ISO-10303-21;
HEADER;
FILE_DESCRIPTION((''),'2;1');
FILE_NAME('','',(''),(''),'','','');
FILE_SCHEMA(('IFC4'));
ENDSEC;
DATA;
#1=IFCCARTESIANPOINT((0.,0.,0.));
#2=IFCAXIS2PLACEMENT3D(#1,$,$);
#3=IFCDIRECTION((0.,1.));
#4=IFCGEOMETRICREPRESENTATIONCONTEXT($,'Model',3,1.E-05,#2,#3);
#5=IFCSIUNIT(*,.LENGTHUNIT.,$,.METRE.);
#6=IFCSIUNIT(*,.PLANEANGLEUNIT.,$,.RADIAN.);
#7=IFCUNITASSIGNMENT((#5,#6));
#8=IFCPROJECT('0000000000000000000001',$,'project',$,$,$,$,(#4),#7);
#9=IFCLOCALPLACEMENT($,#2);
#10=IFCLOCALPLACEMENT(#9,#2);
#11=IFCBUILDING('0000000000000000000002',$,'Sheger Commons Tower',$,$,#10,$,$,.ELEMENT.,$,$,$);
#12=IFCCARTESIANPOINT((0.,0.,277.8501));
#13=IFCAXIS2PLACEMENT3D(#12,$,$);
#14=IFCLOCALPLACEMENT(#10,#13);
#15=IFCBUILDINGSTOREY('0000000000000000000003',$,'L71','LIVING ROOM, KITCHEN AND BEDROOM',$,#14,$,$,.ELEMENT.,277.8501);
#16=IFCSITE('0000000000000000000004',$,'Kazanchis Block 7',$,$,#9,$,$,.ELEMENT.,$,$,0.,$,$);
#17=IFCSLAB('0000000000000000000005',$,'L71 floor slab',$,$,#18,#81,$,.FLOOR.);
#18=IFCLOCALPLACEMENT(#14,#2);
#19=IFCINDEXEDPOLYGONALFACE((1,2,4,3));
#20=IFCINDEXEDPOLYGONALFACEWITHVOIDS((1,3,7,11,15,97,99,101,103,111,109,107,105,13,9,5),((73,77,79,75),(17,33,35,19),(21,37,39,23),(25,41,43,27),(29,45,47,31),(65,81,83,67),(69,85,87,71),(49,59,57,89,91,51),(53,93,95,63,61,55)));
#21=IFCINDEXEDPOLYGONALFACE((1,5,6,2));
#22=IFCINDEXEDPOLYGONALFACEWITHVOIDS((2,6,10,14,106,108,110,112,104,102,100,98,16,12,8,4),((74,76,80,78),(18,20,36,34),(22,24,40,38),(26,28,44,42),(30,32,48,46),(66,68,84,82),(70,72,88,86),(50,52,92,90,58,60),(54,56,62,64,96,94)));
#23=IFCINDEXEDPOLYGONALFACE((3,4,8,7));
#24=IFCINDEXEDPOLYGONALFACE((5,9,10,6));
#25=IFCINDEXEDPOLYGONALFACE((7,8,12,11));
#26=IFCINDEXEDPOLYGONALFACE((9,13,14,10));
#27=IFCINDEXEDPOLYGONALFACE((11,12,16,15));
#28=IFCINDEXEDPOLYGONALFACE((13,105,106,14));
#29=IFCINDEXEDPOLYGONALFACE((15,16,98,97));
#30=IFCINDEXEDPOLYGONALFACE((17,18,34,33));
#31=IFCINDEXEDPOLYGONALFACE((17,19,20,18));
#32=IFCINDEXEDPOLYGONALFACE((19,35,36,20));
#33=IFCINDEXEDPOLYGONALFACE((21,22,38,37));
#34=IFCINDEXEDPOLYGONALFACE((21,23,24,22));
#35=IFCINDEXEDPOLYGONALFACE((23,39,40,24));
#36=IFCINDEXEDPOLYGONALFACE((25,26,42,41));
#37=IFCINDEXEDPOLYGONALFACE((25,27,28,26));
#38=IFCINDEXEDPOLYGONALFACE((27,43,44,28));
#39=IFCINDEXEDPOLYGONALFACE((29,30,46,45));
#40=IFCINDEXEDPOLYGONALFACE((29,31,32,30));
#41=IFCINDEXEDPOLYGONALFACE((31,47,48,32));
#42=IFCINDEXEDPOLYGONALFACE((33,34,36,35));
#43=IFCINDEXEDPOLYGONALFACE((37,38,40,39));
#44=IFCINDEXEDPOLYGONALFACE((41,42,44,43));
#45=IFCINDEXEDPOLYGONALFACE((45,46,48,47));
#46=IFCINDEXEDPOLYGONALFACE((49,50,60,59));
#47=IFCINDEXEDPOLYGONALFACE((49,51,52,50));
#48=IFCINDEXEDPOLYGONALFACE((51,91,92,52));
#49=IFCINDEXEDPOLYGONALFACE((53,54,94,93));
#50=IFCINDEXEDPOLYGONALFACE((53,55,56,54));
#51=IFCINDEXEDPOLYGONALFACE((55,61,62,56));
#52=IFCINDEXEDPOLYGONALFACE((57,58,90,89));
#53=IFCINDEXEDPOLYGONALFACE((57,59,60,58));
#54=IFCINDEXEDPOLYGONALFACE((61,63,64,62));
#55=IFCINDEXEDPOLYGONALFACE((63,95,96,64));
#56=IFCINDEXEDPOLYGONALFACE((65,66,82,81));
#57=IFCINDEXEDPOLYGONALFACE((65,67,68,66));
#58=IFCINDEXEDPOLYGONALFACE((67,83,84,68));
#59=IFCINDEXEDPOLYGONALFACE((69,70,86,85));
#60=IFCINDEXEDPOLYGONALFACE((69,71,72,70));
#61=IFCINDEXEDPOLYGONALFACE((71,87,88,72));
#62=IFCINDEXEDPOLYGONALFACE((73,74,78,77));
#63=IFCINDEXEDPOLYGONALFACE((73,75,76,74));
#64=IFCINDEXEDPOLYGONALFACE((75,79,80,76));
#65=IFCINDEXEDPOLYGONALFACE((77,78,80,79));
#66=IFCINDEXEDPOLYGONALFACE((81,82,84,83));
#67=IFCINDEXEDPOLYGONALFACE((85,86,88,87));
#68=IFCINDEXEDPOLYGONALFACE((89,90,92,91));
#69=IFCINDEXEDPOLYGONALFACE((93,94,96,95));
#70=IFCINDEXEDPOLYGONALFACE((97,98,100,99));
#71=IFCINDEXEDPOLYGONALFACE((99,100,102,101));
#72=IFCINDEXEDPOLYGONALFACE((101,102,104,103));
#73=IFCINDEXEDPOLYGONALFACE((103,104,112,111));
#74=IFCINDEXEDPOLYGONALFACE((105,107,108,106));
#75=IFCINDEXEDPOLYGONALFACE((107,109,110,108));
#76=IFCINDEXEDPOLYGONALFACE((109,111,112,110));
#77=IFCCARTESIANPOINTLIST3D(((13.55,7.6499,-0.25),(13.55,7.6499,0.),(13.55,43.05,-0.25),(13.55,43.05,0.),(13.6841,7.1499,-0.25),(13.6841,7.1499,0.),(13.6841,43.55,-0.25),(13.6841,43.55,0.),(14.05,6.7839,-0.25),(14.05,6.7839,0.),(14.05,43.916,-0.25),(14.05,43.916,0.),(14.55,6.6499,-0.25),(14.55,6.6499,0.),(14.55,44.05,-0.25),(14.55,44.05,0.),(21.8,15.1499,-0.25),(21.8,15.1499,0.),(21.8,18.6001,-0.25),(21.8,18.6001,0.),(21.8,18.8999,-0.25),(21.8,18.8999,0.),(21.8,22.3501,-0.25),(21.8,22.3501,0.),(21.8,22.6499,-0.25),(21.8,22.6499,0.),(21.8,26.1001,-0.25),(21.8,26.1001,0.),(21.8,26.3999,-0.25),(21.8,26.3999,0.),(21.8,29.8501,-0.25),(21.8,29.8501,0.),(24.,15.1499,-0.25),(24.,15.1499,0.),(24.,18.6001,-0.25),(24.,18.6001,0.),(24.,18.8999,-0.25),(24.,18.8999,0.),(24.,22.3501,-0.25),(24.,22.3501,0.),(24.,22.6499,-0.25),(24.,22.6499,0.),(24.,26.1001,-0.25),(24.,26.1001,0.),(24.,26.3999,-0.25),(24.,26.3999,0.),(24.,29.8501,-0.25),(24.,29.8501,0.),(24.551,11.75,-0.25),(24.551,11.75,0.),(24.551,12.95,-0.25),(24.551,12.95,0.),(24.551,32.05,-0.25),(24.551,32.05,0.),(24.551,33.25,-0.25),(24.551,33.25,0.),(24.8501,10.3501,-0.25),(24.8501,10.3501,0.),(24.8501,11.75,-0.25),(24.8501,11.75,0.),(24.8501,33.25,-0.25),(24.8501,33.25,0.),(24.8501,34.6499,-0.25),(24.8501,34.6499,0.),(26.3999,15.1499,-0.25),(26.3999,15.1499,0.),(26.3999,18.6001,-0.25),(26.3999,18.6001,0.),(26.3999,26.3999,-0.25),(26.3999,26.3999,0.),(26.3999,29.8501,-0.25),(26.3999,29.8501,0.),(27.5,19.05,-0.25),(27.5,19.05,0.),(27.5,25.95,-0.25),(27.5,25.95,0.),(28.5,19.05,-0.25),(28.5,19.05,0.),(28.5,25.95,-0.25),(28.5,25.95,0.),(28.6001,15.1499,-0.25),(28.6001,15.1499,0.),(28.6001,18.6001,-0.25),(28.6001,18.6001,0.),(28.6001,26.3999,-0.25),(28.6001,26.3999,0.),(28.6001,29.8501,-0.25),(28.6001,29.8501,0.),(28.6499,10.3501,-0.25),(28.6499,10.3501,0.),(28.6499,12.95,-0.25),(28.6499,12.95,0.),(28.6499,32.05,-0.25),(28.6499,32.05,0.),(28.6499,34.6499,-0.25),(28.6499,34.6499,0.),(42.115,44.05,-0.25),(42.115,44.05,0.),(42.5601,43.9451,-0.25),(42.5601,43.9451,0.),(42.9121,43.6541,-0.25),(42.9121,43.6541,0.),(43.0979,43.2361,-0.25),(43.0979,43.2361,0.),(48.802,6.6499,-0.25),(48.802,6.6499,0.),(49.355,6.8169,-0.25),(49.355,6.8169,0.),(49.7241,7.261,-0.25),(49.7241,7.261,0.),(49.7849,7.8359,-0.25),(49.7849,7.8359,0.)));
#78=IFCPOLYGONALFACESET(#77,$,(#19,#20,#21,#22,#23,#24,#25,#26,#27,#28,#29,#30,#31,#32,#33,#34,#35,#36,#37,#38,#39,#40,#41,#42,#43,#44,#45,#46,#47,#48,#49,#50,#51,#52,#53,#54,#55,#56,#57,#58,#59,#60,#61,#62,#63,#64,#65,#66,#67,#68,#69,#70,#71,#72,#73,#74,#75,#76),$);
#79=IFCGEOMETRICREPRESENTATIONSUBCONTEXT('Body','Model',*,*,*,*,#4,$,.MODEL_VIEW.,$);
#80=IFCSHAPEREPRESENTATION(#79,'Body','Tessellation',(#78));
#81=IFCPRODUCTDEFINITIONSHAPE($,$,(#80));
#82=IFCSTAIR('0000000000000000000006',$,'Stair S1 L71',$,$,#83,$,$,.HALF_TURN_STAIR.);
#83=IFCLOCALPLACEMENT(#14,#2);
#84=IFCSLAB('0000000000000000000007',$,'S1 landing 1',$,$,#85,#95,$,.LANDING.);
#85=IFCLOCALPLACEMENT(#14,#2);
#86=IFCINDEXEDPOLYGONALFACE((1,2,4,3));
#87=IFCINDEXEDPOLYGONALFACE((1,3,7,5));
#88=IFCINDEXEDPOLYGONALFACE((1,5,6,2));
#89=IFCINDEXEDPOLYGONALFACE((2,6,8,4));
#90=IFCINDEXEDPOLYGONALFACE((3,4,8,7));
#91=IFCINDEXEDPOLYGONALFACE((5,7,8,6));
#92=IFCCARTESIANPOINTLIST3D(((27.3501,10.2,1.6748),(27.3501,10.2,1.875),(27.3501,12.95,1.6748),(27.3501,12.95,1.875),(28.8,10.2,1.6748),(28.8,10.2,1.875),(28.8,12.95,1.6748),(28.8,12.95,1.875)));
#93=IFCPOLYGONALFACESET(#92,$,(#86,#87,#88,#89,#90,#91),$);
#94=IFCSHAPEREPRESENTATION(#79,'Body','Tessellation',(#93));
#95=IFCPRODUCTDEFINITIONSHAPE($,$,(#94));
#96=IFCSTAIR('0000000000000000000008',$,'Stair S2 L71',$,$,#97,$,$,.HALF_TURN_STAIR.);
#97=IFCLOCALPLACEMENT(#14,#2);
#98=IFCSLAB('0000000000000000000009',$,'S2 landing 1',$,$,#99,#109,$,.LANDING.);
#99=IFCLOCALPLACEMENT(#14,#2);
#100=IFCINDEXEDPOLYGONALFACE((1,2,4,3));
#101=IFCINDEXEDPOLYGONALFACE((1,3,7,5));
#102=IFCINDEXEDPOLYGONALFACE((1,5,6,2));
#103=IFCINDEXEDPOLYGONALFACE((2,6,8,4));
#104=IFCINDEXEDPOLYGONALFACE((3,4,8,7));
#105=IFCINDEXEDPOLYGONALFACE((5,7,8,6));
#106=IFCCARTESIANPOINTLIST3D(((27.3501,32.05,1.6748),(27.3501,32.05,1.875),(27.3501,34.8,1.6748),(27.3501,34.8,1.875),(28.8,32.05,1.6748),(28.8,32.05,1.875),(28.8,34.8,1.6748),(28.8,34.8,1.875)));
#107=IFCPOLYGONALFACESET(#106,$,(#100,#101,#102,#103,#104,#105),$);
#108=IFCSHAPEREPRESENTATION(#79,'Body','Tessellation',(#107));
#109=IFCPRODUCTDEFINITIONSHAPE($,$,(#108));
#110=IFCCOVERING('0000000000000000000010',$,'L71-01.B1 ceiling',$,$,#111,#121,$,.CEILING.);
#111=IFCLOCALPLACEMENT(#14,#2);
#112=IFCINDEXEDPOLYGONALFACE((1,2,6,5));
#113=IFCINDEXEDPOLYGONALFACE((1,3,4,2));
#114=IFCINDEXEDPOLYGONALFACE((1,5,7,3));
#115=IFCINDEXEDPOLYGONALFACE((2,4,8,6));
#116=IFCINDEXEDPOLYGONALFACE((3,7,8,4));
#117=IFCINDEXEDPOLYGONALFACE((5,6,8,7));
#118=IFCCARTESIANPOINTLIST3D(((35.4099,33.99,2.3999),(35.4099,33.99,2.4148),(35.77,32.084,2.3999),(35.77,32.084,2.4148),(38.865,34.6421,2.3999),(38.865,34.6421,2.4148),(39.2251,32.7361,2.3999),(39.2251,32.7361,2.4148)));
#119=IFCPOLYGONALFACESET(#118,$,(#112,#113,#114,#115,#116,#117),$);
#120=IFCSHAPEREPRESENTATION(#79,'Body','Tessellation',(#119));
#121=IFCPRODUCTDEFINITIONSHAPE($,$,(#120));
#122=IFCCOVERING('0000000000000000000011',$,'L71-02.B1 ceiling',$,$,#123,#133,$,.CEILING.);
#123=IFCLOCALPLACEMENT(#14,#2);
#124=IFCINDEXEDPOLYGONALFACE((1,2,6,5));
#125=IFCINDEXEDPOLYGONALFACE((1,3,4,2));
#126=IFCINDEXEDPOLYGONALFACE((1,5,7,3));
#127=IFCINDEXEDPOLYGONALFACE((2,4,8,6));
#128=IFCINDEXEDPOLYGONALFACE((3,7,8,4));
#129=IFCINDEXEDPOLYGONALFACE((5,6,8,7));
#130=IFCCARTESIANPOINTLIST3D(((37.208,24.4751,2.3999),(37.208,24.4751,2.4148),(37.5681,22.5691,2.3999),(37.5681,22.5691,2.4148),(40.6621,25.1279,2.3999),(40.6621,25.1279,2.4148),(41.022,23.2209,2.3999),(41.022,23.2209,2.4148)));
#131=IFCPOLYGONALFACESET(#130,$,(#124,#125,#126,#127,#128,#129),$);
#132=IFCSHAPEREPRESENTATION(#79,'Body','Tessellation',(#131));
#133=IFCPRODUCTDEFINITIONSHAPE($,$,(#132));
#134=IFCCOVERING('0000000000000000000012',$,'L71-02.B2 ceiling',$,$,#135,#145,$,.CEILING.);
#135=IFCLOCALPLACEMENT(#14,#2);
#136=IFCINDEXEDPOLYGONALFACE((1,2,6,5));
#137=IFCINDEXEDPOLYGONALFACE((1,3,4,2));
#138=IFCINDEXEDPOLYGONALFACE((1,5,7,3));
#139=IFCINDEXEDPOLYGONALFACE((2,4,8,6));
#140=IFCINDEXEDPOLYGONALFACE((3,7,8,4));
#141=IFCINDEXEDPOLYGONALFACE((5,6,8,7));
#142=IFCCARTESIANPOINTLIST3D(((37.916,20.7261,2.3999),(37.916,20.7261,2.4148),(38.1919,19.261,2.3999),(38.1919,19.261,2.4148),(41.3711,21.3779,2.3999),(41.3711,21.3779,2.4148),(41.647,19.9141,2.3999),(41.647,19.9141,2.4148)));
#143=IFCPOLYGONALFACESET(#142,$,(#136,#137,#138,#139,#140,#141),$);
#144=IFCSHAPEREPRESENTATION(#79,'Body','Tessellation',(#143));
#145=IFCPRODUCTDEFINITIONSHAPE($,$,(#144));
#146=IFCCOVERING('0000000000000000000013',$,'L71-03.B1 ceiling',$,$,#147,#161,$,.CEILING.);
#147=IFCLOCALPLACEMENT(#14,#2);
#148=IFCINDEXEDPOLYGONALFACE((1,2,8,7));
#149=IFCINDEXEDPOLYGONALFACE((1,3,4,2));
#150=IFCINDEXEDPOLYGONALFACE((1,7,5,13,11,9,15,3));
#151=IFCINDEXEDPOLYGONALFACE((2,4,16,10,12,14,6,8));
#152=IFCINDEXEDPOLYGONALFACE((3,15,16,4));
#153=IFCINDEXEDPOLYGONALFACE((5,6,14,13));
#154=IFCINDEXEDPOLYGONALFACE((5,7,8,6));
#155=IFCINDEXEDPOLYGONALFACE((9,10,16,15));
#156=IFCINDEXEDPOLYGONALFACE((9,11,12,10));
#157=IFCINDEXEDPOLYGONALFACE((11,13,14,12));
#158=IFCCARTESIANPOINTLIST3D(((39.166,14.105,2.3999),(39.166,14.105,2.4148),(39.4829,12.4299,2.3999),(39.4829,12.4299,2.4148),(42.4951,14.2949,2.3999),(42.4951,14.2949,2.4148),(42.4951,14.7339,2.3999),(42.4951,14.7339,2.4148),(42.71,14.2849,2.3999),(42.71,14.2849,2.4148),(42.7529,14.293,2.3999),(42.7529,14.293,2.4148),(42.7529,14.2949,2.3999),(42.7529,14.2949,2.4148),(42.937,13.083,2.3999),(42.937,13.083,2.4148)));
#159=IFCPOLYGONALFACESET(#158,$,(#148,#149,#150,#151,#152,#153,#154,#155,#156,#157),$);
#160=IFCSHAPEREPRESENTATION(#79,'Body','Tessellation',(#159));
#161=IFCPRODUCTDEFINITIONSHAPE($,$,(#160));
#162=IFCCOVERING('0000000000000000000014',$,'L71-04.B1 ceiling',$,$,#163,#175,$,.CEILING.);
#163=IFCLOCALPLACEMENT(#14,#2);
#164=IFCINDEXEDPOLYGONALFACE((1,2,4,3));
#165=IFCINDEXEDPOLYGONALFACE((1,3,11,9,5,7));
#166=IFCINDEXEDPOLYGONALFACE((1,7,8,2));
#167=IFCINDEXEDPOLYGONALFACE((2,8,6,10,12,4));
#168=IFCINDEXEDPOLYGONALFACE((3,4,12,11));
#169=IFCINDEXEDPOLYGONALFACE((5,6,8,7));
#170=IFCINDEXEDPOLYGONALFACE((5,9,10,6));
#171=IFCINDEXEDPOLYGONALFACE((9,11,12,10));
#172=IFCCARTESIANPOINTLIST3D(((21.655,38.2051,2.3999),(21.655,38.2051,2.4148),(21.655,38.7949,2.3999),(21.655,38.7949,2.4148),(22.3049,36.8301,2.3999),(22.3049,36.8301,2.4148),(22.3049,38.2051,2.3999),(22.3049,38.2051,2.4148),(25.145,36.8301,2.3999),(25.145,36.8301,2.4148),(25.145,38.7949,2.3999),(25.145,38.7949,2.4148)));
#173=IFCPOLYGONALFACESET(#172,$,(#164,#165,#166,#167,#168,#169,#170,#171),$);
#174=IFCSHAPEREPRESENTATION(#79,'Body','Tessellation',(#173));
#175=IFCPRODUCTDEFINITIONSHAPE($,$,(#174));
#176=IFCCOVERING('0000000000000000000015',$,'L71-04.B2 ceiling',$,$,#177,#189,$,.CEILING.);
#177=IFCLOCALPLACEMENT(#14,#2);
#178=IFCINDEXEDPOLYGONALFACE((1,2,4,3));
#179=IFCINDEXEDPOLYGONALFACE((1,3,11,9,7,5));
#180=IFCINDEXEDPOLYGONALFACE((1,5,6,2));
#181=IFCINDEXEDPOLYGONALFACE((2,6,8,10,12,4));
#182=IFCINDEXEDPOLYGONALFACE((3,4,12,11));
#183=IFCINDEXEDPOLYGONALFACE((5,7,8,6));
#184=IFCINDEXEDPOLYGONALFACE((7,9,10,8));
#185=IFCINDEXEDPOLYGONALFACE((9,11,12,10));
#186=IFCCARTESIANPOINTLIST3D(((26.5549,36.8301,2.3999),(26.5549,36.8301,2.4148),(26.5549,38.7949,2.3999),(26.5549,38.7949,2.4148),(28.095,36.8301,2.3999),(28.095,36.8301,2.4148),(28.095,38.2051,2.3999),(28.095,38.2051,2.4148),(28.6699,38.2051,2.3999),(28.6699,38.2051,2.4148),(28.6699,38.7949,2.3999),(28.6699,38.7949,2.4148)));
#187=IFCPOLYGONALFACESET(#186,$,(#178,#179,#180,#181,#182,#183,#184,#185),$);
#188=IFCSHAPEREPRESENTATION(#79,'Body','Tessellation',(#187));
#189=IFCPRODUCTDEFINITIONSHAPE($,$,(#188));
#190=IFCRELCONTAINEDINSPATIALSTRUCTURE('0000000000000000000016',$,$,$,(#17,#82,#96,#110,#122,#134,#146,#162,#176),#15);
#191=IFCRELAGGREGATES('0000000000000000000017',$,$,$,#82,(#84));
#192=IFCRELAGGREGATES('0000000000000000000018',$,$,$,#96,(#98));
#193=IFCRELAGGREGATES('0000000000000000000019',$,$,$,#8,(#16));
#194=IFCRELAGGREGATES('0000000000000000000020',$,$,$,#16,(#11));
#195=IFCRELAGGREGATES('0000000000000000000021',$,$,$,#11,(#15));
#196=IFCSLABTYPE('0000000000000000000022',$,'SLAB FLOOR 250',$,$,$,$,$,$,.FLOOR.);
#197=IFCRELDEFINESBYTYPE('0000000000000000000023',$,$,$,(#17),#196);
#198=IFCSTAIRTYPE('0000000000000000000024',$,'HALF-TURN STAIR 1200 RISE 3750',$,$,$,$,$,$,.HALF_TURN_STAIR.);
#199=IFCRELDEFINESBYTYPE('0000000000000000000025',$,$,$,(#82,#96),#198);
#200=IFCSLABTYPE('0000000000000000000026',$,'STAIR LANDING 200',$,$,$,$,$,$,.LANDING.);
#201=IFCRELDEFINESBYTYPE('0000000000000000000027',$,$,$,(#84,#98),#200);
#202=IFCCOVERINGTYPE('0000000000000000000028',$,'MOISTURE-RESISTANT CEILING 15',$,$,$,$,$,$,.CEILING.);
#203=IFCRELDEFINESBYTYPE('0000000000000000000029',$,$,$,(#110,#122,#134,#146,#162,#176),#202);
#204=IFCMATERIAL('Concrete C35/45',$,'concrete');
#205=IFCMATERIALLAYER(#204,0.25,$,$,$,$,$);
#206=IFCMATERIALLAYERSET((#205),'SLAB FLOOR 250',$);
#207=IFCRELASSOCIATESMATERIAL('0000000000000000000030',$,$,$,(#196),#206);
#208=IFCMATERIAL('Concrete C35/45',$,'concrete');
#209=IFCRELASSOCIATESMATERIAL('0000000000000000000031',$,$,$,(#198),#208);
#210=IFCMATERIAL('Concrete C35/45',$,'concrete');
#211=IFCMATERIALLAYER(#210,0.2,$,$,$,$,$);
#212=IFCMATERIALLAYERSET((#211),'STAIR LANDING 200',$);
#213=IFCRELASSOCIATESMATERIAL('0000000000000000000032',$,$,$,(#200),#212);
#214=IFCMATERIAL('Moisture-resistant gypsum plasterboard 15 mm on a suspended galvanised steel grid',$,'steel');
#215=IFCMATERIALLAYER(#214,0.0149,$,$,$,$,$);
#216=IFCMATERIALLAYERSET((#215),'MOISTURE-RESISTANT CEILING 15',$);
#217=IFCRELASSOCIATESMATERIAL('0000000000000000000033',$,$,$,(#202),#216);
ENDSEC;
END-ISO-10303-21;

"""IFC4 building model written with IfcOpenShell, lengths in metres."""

from ifc_helpers import new_model, si_unit, direction, frame, origin, place, context, subcontext, project, spatial, polyline, outline, extrude, material, layer, layer_set, type_object, element, aggregate, save


model = new_model("IFC4")

# Units and contexts
model_context = context("Model", 3, precision=1e-05, world=origin(), true_north=direction((0.0, 1.0)))
body_context = subcontext(model_context, "Body", "Model", "MODEL_VIEW")
ifc_project = project(units=[si_unit("LENGTHUNIT", "METRE"), si_unit("PLANEANGLEUNIT", "RADIAN")], contexts=[model_context])

# Site, building, storey
site_placement = place(None, origin())
site = spatial("IfcSite", under=ifc_project, at=site_placement, Name="Kazanchis Block 7", CompositionType="ELEMENT", RefElevation=0.0)
building_placement = place(site_placement, origin())
building = spatial("IfcBuilding", under=site, at=building_placement, Name="Sheger Commons Tower", CompositionType="ELEMENT")
storey_placement = place(building_placement, frame((0.0, 0.0, 277.8501)))
storey = spatial("IfcBuildingStorey", under=building, at=storey_placement, Name="L71", Description="LIVING ROOM, KITCHEN AND BEDROOM", CompositionType="ELEMENT", Elevation=277.8501)

# Slab
ifc_material_1 = material(Name="Concrete C35/45", Category="concrete")
ifc_layer_1 = layer(ifc_material_1, 0.25)
ifc_layer_set_1 = layer_set([ifc_layer_1], Name="SLAB FLOOR 250")
slab_type_1 = type_object("IfcSlabType", Name="SLAB FLOOR 250", PredefinedType="FLOOR", material=ifc_layer_set_1)
slab_1_placement = place(storey_placement, frame((0.0, 0.0, -0.25)))
element("IfcSlab", 1, at=slab_1_placement, inside=storey, type_object=slab_type_1, Name="L71 floor slab", PredefinedType="FLOOR", context=body_context, shape_type="SweptSolid", body=[
    extrude(outline(polyline([(13.55, 7.6499), (13.6841, 7.1499), (14.05, 6.7839), (14.55, 6.6499), (48.802, 6.6499), (49.355, 6.8169), (49.7241, 7.261), (49.7849, 7.8359), (43.0979, 43.2361), (42.9121, 43.6541), (42.5601, 43.9451), (42.115, 44.05), (14.55, 44.05), (14.05, 43.916), (13.6841, 43.55), (13.55, 43.05), (13.55, 7.6499)]), holes=[polyline([(24.8501, 10.3501), (28.6499, 10.3501), (28.6499, 12.95), (24.551, 12.95), (24.551, 11.75), (24.8501, 11.75), (24.8501, 10.3501)]), polyline([(24.551, 32.05), (28.6499, 32.05), (28.6499, 34.6499), (24.8501, 34.6499), (24.8501, 33.25), (24.551, 33.25), (24.551, 32.05)]), polyline([(26.3999, 15.1499), (28.6001, 15.1499), (28.6001, 18.6001), (26.3999, 18.6001), (26.3999, 15.1499)]), polyline([(26.3999, 26.3999), (28.6001, 26.3999), (28.6001, 29.8501), (26.3999, 29.8501), (26.3999, 26.3999)]), polyline([(21.8, 15.1499), (24.0, 15.1499), (24.0, 18.6001), (21.8, 18.6001), (21.8, 15.1499)]), polyline([(21.8, 18.8999), (24.0, 18.8999), (24.0, 22.3501), (21.8, 22.3501), (21.8, 18.8999)]), polyline([(21.8, 22.6499), (24.0, 22.6499), (24.0, 26.1001), (21.8, 26.1001), (21.8, 22.6499)]), polyline([(21.8, 26.3999), (24.0, 26.3999), (24.0, 29.8501), (21.8, 29.8501), (21.8, 26.3999)]), polyline([(27.5, 19.05), (28.5, 19.05), (28.5, 25.95), (27.5, 25.95), (27.5, 19.05)])]), origin(), (0.0, 0.0, 1.0), 0.25),
])

# Stairs, slabs
ifc_material_2 = material(Name="Concrete C35/45", Category="concrete")
stair_type = type_object("IfcStairType", Name="HALF-TURN STAIR 1200 RISE 3750", PredefinedType="HALF_TURN_STAIR", material=ifc_material_2)
stair_1_placement = place(storey_placement, origin())
stair_1 = element("IfcStair", 2, at=stair_1_placement, inside=storey, type_object=stair_type, Name="Stair S1 L71", PredefinedType="HALF_TURN_STAIR")
ifc_material_3 = material(Name="Concrete C35/45", Category="concrete")
ifc_layer_2 = layer(ifc_material_3, 0.2)
ifc_layer_set_2 = layer_set([ifc_layer_2], Name="STAIR LANDING 200")
slab_type_2 = type_object("IfcSlabType", Name="STAIR LANDING 200", PredefinedType="LANDING", material=ifc_layer_set_2)
slab_2_placement = place(storey_placement, frame((0.0, 0.0, 1.6748)))
slab_2 = element("IfcSlab", 3, at=slab_2_placement, type_object=slab_type_2, Name="S1 landing 1", PredefinedType="LANDING", context=body_context, shape_type="SweptSolid", body=[
    extrude(outline(polyline([(27.3501, 10.2), (28.8, 10.2), (28.8, 12.95), (27.3501, 12.95), (27.3501, 10.2)])), origin(), (0.0, 0.0, 1.0), 0.2002),
])
aggregate(stair_1, [slab_2])
stair_2_placement = place(storey_placement, origin())
stair_2 = element("IfcStair", 4, at=stair_2_placement, inside=storey, type_object=stair_type, Name="Stair S2 L71", PredefinedType="HALF_TURN_STAIR")
slab_3_placement = place(storey_placement, frame((0.0, 0.0, 1.6748)))
slab_3 = element("IfcSlab", 5, at=slab_3_placement, type_object=slab_type_2, Name="S2 landing 1", PredefinedType="LANDING", context=body_context, shape_type="SweptSolid", body=[
    extrude(outline(polyline([(27.3501, 32.05), (28.8, 32.05), (28.8, 34.8), (27.3501, 34.8), (27.3501, 32.05)])), origin(), (0.0, 0.0, 1.0), 0.2002),
])
aggregate(stair_2, [slab_3])

# Coverings
ifc_material_4 = material(Name="Moisture-resistant gypsum plasterboard 15 mm on a suspended galvanised steel grid", Category="steel")
ifc_layer_3 = layer(ifc_material_4, 0.0149)
ifc_layer_set_3 = layer_set([ifc_layer_3], Name="MOISTURE-RESISTANT CEILING 15")
covering_type_1 = type_object("IfcCoveringType", Name="MOISTURE-RESISTANT CEILING 15", PredefinedType="CEILING", material=ifc_layer_set_3)
covering_1_placement = place(storey_placement, frame((0.0, 0.0, 2.3999)))
element("IfcCovering", 6, at=covering_1_placement, inside=storey, type_object=covering_type_1, Name="L71-01.B1 ceiling", PredefinedType="CEILING", context=body_context, shape_type="SweptSolid", body=[
    extrude(outline(polyline([(35.77, 32.084), (39.2251, 32.7361), (38.865, 34.6421), (35.4099, 33.99), (35.77, 32.084)])), origin(), (0.0, 0.0, 1.0), 0.0149),
])
covering_2_placement = place(storey_placement, frame((0.0, 0.0, 2.3999)))
element("IfcCovering", 7, at=covering_2_placement, inside=storey, type_object=covering_type_1, Name="L71-02.B1 ceiling", PredefinedType="CEILING", context=body_context, shape_type="SweptSolid", body=[
    extrude(outline(polyline([(37.5681, 22.5691), (41.022, 23.2209), (40.6621, 25.1279), (37.208, 24.4751), (37.5681, 22.5691)])), origin(), (0.0, 0.0, 1.0), 0.0149),
])
covering_3_placement = place(storey_placement, frame((0.0, 0.0, 2.3999)))
element("IfcCovering", 8, at=covering_3_placement, inside=storey, type_object=covering_type_1, Name="L71-02.B2 ceiling", PredefinedType="CEILING", context=body_context, shape_type="SweptSolid", body=[
    extrude(outline(polyline([(38.1919, 19.261), (41.647, 19.9141), (41.3711, 21.3779), (37.916, 20.7261), (38.1919, 19.261)])), origin(), (0.0, 0.0, 1.0), 0.0149),
])
covering_4_placement = place(storey_placement, frame((0.0, 0.0, 2.3999)))
element("IfcCovering", 9, at=covering_4_placement, inside=storey, type_object=covering_type_1, Name="L71-03.B1 ceiling", PredefinedType="CEILING", context=body_context, shape_type="SweptSolid", body=[
    extrude(outline(polyline([(39.4829, 12.4299), (42.937, 13.083), (42.71, 14.2849), (42.7529, 14.293), (42.7529, 14.2949), (42.4951, 14.2949), (42.4951, 14.7339), (39.166, 14.105), (39.4829, 12.4299)])), origin(), (0.0, 0.0, 1.0), 0.0149),
])
covering_5_placement = place(storey_placement, frame((0.0, 0.0, 2.3999)))
element("IfcCovering", 10, at=covering_5_placement, inside=storey, type_object=covering_type_1, Name="L71-04.B1 ceiling", PredefinedType="CEILING", context=body_context, shape_type="SweptSolid", body=[
    extrude(outline(polyline([(22.3049, 36.8301), (25.145, 36.8301), (25.145, 38.7949), (21.655, 38.7949), (21.655, 38.2051), (22.3049, 38.2051), (22.3049, 36.8301)])), origin(), (0.0, 0.0, 1.0), 0.0149),
])
covering_6_placement = place(storey_placement, frame((0.0, 0.0, 2.3999)))
element("IfcCovering", 11, at=covering_6_placement, inside=storey, type_object=covering_type_1, Name="L71-04.B2 ceiling", PredefinedType="CEILING", context=body_context, shape_type="SweptSolid", body=[
    extrude(outline(polyline([(26.5549, 36.8301), (28.095, 36.8301), (28.095, 38.2051), (28.6699, 38.2051), (28.6699, 38.7949), (26.5549, 38.7949), (26.5549, 36.8301)])), origin(), (0.0, 0.0, 1.0), 0.0149),
])

save(model, "model.ifc")
